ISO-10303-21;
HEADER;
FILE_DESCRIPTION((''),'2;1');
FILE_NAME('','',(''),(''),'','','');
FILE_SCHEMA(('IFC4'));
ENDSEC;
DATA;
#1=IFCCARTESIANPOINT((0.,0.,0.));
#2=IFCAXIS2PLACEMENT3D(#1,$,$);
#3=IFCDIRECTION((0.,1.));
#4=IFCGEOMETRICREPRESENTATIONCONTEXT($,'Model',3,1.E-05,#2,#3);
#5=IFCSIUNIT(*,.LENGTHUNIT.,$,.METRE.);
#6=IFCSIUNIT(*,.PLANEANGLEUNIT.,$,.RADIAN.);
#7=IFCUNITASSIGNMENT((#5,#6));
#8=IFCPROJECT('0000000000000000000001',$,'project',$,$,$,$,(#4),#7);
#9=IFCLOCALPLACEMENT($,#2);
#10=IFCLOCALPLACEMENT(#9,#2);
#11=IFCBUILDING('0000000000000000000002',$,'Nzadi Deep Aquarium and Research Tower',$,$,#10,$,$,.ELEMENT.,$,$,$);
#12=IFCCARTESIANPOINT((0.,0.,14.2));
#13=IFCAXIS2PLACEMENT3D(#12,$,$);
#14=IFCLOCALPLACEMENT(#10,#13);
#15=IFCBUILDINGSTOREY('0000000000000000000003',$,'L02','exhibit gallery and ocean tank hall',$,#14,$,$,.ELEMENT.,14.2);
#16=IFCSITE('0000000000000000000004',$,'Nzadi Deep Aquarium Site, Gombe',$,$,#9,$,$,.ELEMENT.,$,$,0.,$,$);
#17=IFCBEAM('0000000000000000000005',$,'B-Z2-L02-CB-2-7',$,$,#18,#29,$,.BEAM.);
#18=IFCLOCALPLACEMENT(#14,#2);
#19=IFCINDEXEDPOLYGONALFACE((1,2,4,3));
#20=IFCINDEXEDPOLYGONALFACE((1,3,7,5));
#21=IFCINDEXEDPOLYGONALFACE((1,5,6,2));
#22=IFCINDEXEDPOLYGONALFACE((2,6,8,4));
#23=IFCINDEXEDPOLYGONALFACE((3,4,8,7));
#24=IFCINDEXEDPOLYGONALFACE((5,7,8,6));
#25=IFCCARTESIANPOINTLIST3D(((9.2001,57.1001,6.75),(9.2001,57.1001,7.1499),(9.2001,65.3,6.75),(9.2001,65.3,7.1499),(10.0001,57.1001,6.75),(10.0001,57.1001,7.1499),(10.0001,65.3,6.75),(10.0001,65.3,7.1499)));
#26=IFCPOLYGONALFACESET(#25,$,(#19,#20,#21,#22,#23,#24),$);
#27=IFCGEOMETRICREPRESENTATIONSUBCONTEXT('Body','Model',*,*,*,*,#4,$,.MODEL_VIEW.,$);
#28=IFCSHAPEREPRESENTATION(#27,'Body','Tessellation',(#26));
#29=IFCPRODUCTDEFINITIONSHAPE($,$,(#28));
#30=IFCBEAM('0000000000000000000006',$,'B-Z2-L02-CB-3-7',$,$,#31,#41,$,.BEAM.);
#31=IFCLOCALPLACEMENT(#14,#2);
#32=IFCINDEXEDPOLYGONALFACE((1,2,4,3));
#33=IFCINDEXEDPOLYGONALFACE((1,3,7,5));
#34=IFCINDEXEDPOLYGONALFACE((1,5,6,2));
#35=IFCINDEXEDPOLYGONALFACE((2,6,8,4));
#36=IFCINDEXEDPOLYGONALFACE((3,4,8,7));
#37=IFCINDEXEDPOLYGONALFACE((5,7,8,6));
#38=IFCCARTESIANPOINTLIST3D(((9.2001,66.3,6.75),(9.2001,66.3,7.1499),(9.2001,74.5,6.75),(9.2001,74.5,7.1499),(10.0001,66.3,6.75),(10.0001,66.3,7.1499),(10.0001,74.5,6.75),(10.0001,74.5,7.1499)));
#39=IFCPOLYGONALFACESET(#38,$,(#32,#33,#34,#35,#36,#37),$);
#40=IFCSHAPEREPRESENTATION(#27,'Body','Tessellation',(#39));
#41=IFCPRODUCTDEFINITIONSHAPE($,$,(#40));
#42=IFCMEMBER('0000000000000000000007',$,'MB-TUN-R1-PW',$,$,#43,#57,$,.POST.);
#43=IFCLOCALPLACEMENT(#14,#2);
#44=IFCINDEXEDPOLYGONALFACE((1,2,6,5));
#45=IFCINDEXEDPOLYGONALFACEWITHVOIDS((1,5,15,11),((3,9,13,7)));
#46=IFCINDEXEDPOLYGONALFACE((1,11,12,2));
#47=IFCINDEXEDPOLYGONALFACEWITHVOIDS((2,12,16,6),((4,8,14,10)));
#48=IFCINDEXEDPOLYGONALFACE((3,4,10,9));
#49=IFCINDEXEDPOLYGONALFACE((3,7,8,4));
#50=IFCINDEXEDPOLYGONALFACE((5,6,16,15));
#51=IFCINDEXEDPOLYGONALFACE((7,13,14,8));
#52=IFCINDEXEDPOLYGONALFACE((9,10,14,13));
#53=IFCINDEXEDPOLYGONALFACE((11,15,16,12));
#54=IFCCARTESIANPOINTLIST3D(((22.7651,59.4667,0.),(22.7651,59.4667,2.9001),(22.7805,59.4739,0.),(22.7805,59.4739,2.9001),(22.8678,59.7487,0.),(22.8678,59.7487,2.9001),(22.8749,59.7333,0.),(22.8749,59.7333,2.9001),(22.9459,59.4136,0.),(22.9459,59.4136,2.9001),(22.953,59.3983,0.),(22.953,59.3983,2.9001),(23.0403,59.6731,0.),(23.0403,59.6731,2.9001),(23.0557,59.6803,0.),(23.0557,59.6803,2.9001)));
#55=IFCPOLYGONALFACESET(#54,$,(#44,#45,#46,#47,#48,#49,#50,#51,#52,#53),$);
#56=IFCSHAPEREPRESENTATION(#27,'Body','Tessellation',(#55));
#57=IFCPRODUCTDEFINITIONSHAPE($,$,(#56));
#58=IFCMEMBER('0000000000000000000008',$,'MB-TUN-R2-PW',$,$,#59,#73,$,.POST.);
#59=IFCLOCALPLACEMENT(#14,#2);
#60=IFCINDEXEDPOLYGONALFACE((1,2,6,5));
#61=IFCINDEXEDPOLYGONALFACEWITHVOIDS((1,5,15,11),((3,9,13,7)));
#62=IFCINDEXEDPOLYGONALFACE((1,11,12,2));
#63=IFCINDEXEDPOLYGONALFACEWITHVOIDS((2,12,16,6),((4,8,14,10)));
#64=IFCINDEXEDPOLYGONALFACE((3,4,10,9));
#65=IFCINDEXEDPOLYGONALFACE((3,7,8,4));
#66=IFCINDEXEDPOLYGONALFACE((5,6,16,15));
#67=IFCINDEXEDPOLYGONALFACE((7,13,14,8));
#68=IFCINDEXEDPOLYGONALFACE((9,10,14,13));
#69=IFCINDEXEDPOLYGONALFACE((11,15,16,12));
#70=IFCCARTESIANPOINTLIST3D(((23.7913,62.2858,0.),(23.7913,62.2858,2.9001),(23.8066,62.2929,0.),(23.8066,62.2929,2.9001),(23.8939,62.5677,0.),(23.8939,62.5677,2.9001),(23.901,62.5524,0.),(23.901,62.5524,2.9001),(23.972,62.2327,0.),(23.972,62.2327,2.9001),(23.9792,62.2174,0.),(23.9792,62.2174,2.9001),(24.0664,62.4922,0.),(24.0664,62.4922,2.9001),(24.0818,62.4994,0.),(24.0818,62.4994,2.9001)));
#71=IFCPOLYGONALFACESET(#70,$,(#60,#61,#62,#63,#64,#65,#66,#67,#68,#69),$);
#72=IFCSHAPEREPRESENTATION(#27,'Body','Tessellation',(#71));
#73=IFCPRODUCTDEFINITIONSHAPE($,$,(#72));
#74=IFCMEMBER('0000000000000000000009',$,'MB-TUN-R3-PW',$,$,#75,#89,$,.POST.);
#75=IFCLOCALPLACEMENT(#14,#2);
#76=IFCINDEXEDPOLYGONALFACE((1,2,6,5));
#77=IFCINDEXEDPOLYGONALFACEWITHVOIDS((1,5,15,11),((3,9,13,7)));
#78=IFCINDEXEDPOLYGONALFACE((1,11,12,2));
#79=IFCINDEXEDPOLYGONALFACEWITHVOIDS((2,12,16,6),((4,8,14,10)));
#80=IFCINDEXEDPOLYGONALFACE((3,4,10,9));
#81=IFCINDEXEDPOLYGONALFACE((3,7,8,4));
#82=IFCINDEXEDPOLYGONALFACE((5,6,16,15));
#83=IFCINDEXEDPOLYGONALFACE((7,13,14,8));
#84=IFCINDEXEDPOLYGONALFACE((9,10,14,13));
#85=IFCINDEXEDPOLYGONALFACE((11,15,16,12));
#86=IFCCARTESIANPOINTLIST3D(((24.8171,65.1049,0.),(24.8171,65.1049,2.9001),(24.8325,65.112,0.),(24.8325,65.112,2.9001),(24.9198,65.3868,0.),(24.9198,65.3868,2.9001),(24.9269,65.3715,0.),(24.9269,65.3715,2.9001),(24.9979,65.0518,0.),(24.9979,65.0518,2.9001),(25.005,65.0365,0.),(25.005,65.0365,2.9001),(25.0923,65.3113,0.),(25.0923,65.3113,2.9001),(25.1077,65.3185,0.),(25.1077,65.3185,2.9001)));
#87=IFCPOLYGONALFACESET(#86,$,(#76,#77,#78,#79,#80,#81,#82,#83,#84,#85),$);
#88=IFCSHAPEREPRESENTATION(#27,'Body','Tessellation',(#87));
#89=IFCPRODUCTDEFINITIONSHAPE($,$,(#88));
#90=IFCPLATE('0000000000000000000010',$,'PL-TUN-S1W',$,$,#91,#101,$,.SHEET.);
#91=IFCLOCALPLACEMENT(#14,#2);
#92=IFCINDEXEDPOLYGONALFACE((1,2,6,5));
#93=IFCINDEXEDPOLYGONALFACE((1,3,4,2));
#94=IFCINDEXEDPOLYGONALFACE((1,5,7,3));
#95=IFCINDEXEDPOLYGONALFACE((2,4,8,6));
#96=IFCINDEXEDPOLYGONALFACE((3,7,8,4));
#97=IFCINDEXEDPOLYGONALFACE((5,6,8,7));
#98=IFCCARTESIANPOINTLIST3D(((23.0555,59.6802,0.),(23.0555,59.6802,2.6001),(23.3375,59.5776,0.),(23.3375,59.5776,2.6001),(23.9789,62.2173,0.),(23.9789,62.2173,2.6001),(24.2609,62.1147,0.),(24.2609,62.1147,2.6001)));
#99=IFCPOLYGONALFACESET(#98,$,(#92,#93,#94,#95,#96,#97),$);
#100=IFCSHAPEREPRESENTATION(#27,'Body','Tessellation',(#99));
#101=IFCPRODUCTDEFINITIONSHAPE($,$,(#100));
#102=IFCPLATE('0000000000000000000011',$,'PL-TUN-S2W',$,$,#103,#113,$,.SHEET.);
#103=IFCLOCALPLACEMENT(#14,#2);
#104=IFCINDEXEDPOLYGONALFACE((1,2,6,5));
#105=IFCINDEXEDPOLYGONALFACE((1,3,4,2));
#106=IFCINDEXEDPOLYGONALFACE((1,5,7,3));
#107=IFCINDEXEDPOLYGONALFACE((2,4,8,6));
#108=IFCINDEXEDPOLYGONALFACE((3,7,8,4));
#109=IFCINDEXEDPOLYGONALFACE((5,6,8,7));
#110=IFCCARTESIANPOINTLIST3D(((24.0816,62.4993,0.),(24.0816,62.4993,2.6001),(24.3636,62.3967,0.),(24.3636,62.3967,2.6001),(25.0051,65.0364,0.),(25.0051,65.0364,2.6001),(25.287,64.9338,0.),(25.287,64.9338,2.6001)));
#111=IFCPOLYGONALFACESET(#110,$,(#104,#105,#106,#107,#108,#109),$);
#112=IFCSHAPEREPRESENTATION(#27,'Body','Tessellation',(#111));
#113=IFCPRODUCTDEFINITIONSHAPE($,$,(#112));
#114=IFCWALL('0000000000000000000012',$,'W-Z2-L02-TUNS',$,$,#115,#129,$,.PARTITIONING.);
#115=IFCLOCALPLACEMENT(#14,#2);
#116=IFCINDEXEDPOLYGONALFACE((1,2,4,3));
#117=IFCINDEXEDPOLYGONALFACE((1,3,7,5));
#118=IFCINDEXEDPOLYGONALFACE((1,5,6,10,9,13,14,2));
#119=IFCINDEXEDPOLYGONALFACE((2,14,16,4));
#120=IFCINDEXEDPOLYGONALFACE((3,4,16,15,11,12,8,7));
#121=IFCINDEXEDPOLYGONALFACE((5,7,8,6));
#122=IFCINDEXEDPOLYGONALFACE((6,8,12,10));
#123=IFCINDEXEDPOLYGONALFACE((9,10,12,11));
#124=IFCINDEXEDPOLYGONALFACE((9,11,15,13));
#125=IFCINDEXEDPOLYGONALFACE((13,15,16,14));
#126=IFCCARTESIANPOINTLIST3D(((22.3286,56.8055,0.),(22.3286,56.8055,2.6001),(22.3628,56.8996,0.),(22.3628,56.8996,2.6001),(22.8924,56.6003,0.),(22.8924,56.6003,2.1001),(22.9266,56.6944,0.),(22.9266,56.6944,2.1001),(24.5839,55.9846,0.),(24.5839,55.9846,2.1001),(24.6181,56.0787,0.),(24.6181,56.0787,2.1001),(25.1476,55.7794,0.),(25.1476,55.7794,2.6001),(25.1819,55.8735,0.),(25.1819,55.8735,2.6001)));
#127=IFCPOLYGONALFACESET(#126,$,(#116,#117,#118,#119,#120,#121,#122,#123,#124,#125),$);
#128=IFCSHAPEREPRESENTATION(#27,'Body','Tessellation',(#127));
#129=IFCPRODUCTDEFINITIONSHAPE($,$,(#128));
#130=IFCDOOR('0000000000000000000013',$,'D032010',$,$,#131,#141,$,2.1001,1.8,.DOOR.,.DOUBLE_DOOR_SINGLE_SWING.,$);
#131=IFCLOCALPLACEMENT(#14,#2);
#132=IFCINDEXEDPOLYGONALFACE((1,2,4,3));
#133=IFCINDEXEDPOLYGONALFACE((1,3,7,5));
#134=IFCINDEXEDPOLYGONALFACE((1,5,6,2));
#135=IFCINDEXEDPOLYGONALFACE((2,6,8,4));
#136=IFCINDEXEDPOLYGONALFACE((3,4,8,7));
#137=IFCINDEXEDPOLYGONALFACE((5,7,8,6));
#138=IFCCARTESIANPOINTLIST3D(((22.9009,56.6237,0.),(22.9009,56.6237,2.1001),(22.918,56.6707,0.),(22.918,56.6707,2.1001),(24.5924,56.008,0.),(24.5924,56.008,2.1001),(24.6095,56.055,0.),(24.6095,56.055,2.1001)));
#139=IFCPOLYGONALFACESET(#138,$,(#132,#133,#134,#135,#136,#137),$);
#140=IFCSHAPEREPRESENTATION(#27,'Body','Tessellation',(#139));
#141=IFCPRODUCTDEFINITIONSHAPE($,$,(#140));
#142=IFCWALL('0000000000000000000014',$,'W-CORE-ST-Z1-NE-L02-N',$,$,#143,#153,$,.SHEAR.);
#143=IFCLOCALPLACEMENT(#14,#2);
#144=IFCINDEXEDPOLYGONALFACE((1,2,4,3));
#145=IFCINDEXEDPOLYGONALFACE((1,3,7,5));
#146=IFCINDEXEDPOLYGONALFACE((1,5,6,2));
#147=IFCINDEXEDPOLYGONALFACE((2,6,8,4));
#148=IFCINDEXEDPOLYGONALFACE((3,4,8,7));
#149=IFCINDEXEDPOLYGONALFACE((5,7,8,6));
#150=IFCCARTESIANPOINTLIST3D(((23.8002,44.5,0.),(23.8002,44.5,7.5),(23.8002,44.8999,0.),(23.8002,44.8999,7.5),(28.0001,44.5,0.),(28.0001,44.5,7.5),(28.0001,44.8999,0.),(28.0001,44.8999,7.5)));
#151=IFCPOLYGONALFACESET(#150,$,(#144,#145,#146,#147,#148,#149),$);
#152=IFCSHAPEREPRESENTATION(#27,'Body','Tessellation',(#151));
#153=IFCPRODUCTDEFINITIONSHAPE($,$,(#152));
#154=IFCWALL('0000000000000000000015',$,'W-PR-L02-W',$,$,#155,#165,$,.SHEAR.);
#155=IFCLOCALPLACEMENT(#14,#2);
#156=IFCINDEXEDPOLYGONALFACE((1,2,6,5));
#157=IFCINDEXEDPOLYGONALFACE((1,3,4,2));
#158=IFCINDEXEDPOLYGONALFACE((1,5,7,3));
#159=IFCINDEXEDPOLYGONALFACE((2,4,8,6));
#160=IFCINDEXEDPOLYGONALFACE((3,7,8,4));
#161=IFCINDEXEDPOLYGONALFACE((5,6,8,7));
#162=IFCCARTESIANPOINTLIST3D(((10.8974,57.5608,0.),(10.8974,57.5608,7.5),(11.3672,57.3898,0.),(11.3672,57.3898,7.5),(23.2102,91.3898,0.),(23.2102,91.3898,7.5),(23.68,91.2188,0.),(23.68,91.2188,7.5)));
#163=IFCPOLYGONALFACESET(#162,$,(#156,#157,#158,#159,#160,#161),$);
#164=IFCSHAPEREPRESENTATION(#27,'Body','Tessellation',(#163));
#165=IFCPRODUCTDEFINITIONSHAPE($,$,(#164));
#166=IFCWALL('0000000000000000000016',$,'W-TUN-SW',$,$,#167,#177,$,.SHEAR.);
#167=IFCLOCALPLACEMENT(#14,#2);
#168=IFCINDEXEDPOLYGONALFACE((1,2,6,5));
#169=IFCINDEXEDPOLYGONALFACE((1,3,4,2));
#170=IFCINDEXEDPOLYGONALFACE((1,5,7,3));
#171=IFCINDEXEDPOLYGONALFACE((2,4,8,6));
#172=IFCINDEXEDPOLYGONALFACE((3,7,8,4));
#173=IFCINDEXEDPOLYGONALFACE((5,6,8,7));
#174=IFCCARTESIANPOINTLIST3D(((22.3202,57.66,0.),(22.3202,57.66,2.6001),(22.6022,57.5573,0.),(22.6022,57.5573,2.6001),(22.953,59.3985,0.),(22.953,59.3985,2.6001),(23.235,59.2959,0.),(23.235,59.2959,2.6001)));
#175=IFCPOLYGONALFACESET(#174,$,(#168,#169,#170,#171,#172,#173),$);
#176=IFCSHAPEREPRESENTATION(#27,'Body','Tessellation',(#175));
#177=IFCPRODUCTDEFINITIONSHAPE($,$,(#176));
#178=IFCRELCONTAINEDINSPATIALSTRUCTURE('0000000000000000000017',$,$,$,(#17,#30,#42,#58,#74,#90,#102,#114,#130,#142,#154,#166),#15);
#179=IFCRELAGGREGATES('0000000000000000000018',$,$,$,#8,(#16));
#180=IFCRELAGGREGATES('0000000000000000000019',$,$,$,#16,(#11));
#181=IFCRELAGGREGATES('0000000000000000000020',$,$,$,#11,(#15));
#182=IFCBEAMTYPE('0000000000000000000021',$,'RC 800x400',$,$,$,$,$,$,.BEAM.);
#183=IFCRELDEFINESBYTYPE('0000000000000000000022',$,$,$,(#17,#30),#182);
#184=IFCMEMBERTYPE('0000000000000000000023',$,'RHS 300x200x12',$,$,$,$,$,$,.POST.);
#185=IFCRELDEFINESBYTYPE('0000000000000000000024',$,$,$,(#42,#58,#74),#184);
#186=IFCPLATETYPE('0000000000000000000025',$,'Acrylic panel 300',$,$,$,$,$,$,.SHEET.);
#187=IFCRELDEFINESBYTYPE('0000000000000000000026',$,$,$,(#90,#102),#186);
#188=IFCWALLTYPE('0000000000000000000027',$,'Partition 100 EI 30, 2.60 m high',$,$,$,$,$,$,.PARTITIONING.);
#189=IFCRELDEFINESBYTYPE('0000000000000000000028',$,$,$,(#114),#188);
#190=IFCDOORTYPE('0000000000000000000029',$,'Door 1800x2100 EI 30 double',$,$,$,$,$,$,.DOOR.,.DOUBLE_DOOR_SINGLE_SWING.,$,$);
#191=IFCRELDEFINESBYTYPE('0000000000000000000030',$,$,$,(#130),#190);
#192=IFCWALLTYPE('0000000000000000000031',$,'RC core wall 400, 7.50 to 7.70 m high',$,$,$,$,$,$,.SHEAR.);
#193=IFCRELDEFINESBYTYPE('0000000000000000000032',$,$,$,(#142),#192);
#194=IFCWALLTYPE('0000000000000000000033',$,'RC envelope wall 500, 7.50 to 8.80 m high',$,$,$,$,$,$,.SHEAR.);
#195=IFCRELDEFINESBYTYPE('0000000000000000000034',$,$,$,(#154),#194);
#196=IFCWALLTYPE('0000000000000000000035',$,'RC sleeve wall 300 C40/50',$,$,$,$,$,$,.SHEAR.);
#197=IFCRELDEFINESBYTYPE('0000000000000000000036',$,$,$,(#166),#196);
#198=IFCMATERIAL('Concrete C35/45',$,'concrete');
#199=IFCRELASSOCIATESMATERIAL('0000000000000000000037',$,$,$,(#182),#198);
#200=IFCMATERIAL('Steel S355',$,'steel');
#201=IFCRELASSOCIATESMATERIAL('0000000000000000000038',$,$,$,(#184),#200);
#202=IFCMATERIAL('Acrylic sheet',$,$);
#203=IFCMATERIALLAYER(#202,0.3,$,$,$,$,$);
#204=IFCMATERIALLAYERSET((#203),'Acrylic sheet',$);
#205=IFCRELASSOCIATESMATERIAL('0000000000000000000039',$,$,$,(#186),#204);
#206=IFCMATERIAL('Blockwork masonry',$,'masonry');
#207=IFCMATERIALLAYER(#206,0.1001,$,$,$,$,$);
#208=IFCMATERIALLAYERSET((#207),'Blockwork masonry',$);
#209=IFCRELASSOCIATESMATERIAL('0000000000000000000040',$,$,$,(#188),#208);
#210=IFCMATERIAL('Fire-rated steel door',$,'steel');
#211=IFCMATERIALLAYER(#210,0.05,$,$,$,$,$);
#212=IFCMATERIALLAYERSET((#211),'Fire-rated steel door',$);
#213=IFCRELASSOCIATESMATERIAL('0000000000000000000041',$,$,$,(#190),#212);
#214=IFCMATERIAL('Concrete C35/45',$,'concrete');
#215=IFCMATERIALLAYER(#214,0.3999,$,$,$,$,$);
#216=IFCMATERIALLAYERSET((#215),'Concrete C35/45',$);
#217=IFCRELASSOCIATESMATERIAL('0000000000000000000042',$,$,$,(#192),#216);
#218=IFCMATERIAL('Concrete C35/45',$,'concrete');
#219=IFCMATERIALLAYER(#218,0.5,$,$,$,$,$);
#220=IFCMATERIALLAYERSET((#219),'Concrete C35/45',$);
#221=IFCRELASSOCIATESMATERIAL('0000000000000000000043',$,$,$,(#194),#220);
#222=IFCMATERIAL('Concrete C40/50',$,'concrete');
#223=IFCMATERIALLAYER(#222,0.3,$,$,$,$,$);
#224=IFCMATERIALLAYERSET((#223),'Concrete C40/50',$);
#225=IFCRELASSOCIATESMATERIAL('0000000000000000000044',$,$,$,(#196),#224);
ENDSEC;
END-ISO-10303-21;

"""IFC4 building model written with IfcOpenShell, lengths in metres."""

from ifc_helpers import new_model, si_unit, direction, frame, frame_2d, origin, origin_2d, place, context, subcontext, project, spatial, rectangle, hollow_rectangle, extrude, material, layer, layer_set, material_profile, profile_set, type_object, element, fill, save


model = new_model("IFC4")

# Units and contexts
model_context = context("Model", 3, precision=1e-05, world=origin(), true_north=direction((0.0, 1.0)))
body_context = subcontext(model_context, "Body", "Model", "MODEL_VIEW")
ifc_project = project(units=[si_unit("LENGTHUNIT", "METRE"), si_unit("PLANEANGLEUNIT", "RADIAN")], contexts=[model_context])

# Site, building, storey
site_placement = place(None, origin())
site = spatial("IfcSite", under=ifc_project, at=site_placement, Name="Nzadi Deep Aquarium Site, Gombe", CompositionType="ELEMENT", RefElevation=0.0)
building_placement = place(site_placement, origin())
building = spatial("IfcBuilding", under=site, at=building_placement, Name="Nzadi Deep Aquarium and Research Tower", CompositionType="ELEMENT")
storey_placement = place(building_placement, frame((0.0, 0.0, 14.2)))
storey = spatial("IfcBuildingStorey", under=building, at=storey_placement, Name="L02", Description="exhibit gallery and ocean tank hall", CompositionType="ELEMENT", Elevation=14.2)

# Beams
ifc_material_1 = material(Name="Concrete C35/45", Category="concrete")
ifc_material_profile_1 = material_profile(ifc_material_1, rectangle(XDim=0.8, YDim=0.3999, at=origin_2d()))
ifc_profile_set_1 = profile_set([ifc_material_profile_1], Name="Concrete C35/45")
beam_type_1 = type_object("IfcBeamType", Name="RC 800x400", PredefinedType="BEAM", material=ifc_profile_set_1)
for number, where, z_axis, x_axis, name in (
    (1, (9.6001, 57.1001, 6.95), (0.0, 1.0, 0.0), (-1.0, 0.0, 0.0), "B-Z2-L02-CB-2-7"),
    (2, (9.6001, 66.3, 6.95), (0.0, 1.0, 0.0), (-1.0, 0.0, 0.0), "B-Z2-L02-CB-3-7"),
):
    element("IfcBeam", number, at=place(storey_placement, frame(where, z_axis=z_axis, x_axis=x_axis)), inside=storey, type_object=beam_type_1, Name=name, PredefinedType="BEAM", context=body_context, shape_type="SweptSolid", body=[
        extrude(rectangle(XDim=0.8, YDim=0.3999, at=origin_2d()), origin(), (0.0, 0.0, 1.0), 8.2),
    ])

# Members
ifc_material_2 = material(Name="Steel S355", Category="steel")
ifc_material_profile_2 = material_profile(ifc_material_2, hollow_rectangle(XDim=0.2, YDim=0.3, WallThickness=0.012, at=origin_2d()))
ifc_profile_set_2 = profile_set([ifc_material_profile_2], Name="Steel S355")
member_type_1 = type_object("IfcMemberType", Name="RHS 300x200x12", PredefinedType="POST", material=ifc_profile_set_2)
for number, where, z_axis, x_axis, name in (
    (3, (22.9104, 59.5735, 0.0), (0.0, 0.0, 1.0), (0.939693, -0.34202, 0.0), "MB-TUN-R1-PW"),
    (4, (23.9365, 62.3926, 0.0), (0.0, 0.0, 1.0), (0.939693, -0.34202, 0.0), "MB-TUN-R2-PW"),
    (5, (24.9624, 65.2117, 0.0), (0.0, 0.0, 1.0), (0.939693, -0.34202, 0.0), "MB-TUN-R3-PW"),
):
    element("IfcMember", number, at=place(storey_placement, frame(where, z_axis=z_axis, x_axis=x_axis)), inside=storey, type_object=member_type_1, Name=name, PredefinedType="POST", context=body_context, shape_type="SweptSolid", body=[
        extrude(hollow_rectangle(XDim=0.2, YDim=0.3, WallThickness=0.012, at=origin_2d()), origin(), (0.0, 0.0, 1.0), 2.9001),
    ])

# Plates
ifc_material_3 = material(Name="Acrylic sheet")
ifc_layer_1 = layer(ifc_material_3, 0.3)
ifc_layer_set_1 = layer_set([ifc_layer_1], Name="Acrylic sheet")
plate_type = type_object("IfcPlateType", Name="Acrylic panel 300", PredefinedType="SHEET", material=ifc_layer_set_1)
for number, where, z_axis, x_axis, name in (
    (6, (23.6582, 60.8975, 0.0), (0.0, 0.0, 1.0), (0.939693, -0.34202, 0.0), "PL-TUN-S1W"),
    (7, (24.6843, 63.7166, 0.0), (0.0, 0.0, 1.0), (0.939693, -0.34202, 0.0), "PL-TUN-S2W"),
):
    element("IfcPlate", number, at=place(storey_placement, frame(where, z_axis=z_axis, x_axis=x_axis)), inside=storey, type_object=plate_type, Name=name, PredefinedType="SHEET", context=body_context, shape_type="SweptSolid", body=[
        extrude(rectangle(XDim=0.3, YDim=2.7, at=origin_2d()), origin(), (0.0, 0.0, 1.0), 2.6001),
    ])

# Wall, opening, door
ifc_material_4 = material(Name="Blockwork masonry", Category="masonry")
ifc_layer_2 = layer(ifc_material_4, 0.1001)
ifc_layer_set_2 = layer_set([ifc_layer_2], Name="Blockwork masonry")
wall_type_1 = type_object("IfcWallType", Name="Partition 100 EI 30, 2.60 m high", PredefinedType="PARTITIONING", material=ifc_layer_set_2)
wall_1_placement = place(storey_placement, frame((22.3457, 56.8525, 0.0), z_axis=(0.0, 0.0, 1.0), x_axis=(0.939686, -0.342037, 0.0)))
wall_1 = element("IfcWall", 8, at=wall_1_placement, inside=storey, type_object=wall_type_1, Name="W-Z2-L02-TUNS", PredefinedType="PARTITIONING", context=body_context, shape_type="SweptSolid", body=[
    extrude(rectangle(XDim=3.0, YDim=0.1001, at=frame_2d((1.5, 0.0))), origin(), (0.0, 0.0, 1.0), 2.6001),
])
opening_1_placement = place(wall_1_placement, frame((0.6001, 0.0, 0.0)))
opening_1 = element("IfcOpeningElement", 9, at=opening_1_placement, cuts=wall_1, PredefinedType="OPENING", context=body_context, shape_type="SweptSolid", body=[
    extrude(rectangle(XDim=1.8, YDim=2.1001, at=frame_2d((0.8999, 1.05))), frame((0.0, 0.0601, 0.0), z_axis=(0.0, -1.0, 0.0), x_axis=(1.0, 0.0, 0.0)), (0.0, 0.0, 1.0), 0.1201),
])
ifc_material_5 = material(Name="Fire-rated steel door", Category="steel")
ifc_layer_3 = layer(ifc_material_5, 0.05)
ifc_layer_set_3 = layer_set([ifc_layer_3], Name="Fire-rated steel door")
door_type_1 = type_object("IfcDoorType", Name="Door 1800x2100 EI 30 double", OperationType="DOUBLE_DOOR_SINGLE_SWING", PredefinedType="DOOR", material=ifc_layer_set_3)
door_1_placement = place(opening_1_placement, origin())
door_1 = element("IfcDoor", 10, at=door_1_placement, inside=storey, type_object=door_type_1, Name="D032010", OperationType="DOUBLE_DOOR_SINGLE_SWING", OverallHeight=2.1001, OverallWidth=1.8, PredefinedType="DOOR", context=body_context, shape_type="SweptSolid", body=[
    extrude(rectangle(XDim=1.8, YDim=2.1001, at=frame_2d((0.8999, 1.05))), frame((0.0, 0.0249, 0.0), z_axis=(0.0, -1.0, 0.0), x_axis=(1.0, 0.0, 0.0)), (0.0, 0.0, 1.0), 0.05),
])
fill(opening_1, door_1)

# Walls
ifc_material_6 = material(Name="Concrete C35/45", Category="concrete")
ifc_layer_4 = layer(ifc_material_6, 0.3999)
ifc_layer_set_4 = layer_set([ifc_layer_4], Name="Concrete C35/45")
wall_type_2 = type_object("IfcWallType", Name="RC core wall 400, 7.50 to 7.70 m high", PredefinedType="SHEAR", material=ifc_layer_set_4)
wall_2_placement = place(storey_placement, frame((23.8, 44.7, 0.0), z_axis=(0.0, 0.0, 1.0), x_axis=(1.0, 0.0, 0.0)))
element("IfcWall", 11, at=wall_2_placement, inside=storey, type_object=wall_type_2, Name="W-CORE-ST-Z1-NE-L02-N", PredefinedType="SHEAR", context=body_context, shape_type="SweptSolid", body=[
    extrude(rectangle(XDim=4.2, YDim=0.3999, at=frame_2d((2.1001, 0.0))), origin(), (0.0, 0.0, 1.0), 7.5),
])
ifc_material_7 = material(Name="Concrete C35/45", Category="concrete")
ifc_layer_5 = layer(ifc_material_7, 0.5)
ifc_layer_set_5 = layer_set([ifc_layer_5], Name="Concrete C35/45")
wall_type_3 = type_object("IfcWallType", Name="RC envelope wall 500, 7.50 to 8.80 m high", PredefinedType="SHEAR", material=ifc_layer_set_5)
wall_3_placement = place(storey_placement, frame((11.1323, 57.4753, 0.0), z_axis=(0.0, 0.0, 1.0), x_axis=(0.342021, 0.939692, 0.0)))
element("IfcWall", 12, at=wall_3_placement, inside=storey, type_object=wall_type_3, Name="W-PR-L02-W", PredefinedType="SHEAR", context=body_context, shape_type="SweptSolid", body=[
    extrude(rectangle(XDim=36.0, YDim=0.5, at=frame_2d((18.0, 0.0))), origin(), (0.0, 0.0, 1.0), 7.5),
])

# Wall
ifc_material_8 = material(Name="Concrete C40/50", Category="concrete")
ifc_layer_6 = layer(ifc_material_8, 0.3)
ifc_layer_set_6 = layer_set([ifc_layer_6], Name="Concrete C40/50")
wall_type_4 = type_object("IfcWallType", Name="RC sleeve wall 300 C40/50", PredefinedType="SHEAR", material=ifc_layer_set_6)
wall_4_placement = place(storey_placement, frame((23.094, 59.3472, 0.0), z_axis=(0.0, 0.0, 1.0), x_axis=(-0.34204, -0.939685, 0.0)))
element("IfcWall", 13, at=wall_4_placement, inside=storey, type_object=wall_type_4, Name="W-TUN-SW", PredefinedType="SHEAR", context=body_context, shape_type="SweptSolid", body=[
    extrude(rectangle(XDim=1.8501, YDim=0.3, at=frame_2d((0.925, 0.0))), origin(), (0.0, 0.0, 1.0), 2.6001),
])

save(model, "model.ifc")
